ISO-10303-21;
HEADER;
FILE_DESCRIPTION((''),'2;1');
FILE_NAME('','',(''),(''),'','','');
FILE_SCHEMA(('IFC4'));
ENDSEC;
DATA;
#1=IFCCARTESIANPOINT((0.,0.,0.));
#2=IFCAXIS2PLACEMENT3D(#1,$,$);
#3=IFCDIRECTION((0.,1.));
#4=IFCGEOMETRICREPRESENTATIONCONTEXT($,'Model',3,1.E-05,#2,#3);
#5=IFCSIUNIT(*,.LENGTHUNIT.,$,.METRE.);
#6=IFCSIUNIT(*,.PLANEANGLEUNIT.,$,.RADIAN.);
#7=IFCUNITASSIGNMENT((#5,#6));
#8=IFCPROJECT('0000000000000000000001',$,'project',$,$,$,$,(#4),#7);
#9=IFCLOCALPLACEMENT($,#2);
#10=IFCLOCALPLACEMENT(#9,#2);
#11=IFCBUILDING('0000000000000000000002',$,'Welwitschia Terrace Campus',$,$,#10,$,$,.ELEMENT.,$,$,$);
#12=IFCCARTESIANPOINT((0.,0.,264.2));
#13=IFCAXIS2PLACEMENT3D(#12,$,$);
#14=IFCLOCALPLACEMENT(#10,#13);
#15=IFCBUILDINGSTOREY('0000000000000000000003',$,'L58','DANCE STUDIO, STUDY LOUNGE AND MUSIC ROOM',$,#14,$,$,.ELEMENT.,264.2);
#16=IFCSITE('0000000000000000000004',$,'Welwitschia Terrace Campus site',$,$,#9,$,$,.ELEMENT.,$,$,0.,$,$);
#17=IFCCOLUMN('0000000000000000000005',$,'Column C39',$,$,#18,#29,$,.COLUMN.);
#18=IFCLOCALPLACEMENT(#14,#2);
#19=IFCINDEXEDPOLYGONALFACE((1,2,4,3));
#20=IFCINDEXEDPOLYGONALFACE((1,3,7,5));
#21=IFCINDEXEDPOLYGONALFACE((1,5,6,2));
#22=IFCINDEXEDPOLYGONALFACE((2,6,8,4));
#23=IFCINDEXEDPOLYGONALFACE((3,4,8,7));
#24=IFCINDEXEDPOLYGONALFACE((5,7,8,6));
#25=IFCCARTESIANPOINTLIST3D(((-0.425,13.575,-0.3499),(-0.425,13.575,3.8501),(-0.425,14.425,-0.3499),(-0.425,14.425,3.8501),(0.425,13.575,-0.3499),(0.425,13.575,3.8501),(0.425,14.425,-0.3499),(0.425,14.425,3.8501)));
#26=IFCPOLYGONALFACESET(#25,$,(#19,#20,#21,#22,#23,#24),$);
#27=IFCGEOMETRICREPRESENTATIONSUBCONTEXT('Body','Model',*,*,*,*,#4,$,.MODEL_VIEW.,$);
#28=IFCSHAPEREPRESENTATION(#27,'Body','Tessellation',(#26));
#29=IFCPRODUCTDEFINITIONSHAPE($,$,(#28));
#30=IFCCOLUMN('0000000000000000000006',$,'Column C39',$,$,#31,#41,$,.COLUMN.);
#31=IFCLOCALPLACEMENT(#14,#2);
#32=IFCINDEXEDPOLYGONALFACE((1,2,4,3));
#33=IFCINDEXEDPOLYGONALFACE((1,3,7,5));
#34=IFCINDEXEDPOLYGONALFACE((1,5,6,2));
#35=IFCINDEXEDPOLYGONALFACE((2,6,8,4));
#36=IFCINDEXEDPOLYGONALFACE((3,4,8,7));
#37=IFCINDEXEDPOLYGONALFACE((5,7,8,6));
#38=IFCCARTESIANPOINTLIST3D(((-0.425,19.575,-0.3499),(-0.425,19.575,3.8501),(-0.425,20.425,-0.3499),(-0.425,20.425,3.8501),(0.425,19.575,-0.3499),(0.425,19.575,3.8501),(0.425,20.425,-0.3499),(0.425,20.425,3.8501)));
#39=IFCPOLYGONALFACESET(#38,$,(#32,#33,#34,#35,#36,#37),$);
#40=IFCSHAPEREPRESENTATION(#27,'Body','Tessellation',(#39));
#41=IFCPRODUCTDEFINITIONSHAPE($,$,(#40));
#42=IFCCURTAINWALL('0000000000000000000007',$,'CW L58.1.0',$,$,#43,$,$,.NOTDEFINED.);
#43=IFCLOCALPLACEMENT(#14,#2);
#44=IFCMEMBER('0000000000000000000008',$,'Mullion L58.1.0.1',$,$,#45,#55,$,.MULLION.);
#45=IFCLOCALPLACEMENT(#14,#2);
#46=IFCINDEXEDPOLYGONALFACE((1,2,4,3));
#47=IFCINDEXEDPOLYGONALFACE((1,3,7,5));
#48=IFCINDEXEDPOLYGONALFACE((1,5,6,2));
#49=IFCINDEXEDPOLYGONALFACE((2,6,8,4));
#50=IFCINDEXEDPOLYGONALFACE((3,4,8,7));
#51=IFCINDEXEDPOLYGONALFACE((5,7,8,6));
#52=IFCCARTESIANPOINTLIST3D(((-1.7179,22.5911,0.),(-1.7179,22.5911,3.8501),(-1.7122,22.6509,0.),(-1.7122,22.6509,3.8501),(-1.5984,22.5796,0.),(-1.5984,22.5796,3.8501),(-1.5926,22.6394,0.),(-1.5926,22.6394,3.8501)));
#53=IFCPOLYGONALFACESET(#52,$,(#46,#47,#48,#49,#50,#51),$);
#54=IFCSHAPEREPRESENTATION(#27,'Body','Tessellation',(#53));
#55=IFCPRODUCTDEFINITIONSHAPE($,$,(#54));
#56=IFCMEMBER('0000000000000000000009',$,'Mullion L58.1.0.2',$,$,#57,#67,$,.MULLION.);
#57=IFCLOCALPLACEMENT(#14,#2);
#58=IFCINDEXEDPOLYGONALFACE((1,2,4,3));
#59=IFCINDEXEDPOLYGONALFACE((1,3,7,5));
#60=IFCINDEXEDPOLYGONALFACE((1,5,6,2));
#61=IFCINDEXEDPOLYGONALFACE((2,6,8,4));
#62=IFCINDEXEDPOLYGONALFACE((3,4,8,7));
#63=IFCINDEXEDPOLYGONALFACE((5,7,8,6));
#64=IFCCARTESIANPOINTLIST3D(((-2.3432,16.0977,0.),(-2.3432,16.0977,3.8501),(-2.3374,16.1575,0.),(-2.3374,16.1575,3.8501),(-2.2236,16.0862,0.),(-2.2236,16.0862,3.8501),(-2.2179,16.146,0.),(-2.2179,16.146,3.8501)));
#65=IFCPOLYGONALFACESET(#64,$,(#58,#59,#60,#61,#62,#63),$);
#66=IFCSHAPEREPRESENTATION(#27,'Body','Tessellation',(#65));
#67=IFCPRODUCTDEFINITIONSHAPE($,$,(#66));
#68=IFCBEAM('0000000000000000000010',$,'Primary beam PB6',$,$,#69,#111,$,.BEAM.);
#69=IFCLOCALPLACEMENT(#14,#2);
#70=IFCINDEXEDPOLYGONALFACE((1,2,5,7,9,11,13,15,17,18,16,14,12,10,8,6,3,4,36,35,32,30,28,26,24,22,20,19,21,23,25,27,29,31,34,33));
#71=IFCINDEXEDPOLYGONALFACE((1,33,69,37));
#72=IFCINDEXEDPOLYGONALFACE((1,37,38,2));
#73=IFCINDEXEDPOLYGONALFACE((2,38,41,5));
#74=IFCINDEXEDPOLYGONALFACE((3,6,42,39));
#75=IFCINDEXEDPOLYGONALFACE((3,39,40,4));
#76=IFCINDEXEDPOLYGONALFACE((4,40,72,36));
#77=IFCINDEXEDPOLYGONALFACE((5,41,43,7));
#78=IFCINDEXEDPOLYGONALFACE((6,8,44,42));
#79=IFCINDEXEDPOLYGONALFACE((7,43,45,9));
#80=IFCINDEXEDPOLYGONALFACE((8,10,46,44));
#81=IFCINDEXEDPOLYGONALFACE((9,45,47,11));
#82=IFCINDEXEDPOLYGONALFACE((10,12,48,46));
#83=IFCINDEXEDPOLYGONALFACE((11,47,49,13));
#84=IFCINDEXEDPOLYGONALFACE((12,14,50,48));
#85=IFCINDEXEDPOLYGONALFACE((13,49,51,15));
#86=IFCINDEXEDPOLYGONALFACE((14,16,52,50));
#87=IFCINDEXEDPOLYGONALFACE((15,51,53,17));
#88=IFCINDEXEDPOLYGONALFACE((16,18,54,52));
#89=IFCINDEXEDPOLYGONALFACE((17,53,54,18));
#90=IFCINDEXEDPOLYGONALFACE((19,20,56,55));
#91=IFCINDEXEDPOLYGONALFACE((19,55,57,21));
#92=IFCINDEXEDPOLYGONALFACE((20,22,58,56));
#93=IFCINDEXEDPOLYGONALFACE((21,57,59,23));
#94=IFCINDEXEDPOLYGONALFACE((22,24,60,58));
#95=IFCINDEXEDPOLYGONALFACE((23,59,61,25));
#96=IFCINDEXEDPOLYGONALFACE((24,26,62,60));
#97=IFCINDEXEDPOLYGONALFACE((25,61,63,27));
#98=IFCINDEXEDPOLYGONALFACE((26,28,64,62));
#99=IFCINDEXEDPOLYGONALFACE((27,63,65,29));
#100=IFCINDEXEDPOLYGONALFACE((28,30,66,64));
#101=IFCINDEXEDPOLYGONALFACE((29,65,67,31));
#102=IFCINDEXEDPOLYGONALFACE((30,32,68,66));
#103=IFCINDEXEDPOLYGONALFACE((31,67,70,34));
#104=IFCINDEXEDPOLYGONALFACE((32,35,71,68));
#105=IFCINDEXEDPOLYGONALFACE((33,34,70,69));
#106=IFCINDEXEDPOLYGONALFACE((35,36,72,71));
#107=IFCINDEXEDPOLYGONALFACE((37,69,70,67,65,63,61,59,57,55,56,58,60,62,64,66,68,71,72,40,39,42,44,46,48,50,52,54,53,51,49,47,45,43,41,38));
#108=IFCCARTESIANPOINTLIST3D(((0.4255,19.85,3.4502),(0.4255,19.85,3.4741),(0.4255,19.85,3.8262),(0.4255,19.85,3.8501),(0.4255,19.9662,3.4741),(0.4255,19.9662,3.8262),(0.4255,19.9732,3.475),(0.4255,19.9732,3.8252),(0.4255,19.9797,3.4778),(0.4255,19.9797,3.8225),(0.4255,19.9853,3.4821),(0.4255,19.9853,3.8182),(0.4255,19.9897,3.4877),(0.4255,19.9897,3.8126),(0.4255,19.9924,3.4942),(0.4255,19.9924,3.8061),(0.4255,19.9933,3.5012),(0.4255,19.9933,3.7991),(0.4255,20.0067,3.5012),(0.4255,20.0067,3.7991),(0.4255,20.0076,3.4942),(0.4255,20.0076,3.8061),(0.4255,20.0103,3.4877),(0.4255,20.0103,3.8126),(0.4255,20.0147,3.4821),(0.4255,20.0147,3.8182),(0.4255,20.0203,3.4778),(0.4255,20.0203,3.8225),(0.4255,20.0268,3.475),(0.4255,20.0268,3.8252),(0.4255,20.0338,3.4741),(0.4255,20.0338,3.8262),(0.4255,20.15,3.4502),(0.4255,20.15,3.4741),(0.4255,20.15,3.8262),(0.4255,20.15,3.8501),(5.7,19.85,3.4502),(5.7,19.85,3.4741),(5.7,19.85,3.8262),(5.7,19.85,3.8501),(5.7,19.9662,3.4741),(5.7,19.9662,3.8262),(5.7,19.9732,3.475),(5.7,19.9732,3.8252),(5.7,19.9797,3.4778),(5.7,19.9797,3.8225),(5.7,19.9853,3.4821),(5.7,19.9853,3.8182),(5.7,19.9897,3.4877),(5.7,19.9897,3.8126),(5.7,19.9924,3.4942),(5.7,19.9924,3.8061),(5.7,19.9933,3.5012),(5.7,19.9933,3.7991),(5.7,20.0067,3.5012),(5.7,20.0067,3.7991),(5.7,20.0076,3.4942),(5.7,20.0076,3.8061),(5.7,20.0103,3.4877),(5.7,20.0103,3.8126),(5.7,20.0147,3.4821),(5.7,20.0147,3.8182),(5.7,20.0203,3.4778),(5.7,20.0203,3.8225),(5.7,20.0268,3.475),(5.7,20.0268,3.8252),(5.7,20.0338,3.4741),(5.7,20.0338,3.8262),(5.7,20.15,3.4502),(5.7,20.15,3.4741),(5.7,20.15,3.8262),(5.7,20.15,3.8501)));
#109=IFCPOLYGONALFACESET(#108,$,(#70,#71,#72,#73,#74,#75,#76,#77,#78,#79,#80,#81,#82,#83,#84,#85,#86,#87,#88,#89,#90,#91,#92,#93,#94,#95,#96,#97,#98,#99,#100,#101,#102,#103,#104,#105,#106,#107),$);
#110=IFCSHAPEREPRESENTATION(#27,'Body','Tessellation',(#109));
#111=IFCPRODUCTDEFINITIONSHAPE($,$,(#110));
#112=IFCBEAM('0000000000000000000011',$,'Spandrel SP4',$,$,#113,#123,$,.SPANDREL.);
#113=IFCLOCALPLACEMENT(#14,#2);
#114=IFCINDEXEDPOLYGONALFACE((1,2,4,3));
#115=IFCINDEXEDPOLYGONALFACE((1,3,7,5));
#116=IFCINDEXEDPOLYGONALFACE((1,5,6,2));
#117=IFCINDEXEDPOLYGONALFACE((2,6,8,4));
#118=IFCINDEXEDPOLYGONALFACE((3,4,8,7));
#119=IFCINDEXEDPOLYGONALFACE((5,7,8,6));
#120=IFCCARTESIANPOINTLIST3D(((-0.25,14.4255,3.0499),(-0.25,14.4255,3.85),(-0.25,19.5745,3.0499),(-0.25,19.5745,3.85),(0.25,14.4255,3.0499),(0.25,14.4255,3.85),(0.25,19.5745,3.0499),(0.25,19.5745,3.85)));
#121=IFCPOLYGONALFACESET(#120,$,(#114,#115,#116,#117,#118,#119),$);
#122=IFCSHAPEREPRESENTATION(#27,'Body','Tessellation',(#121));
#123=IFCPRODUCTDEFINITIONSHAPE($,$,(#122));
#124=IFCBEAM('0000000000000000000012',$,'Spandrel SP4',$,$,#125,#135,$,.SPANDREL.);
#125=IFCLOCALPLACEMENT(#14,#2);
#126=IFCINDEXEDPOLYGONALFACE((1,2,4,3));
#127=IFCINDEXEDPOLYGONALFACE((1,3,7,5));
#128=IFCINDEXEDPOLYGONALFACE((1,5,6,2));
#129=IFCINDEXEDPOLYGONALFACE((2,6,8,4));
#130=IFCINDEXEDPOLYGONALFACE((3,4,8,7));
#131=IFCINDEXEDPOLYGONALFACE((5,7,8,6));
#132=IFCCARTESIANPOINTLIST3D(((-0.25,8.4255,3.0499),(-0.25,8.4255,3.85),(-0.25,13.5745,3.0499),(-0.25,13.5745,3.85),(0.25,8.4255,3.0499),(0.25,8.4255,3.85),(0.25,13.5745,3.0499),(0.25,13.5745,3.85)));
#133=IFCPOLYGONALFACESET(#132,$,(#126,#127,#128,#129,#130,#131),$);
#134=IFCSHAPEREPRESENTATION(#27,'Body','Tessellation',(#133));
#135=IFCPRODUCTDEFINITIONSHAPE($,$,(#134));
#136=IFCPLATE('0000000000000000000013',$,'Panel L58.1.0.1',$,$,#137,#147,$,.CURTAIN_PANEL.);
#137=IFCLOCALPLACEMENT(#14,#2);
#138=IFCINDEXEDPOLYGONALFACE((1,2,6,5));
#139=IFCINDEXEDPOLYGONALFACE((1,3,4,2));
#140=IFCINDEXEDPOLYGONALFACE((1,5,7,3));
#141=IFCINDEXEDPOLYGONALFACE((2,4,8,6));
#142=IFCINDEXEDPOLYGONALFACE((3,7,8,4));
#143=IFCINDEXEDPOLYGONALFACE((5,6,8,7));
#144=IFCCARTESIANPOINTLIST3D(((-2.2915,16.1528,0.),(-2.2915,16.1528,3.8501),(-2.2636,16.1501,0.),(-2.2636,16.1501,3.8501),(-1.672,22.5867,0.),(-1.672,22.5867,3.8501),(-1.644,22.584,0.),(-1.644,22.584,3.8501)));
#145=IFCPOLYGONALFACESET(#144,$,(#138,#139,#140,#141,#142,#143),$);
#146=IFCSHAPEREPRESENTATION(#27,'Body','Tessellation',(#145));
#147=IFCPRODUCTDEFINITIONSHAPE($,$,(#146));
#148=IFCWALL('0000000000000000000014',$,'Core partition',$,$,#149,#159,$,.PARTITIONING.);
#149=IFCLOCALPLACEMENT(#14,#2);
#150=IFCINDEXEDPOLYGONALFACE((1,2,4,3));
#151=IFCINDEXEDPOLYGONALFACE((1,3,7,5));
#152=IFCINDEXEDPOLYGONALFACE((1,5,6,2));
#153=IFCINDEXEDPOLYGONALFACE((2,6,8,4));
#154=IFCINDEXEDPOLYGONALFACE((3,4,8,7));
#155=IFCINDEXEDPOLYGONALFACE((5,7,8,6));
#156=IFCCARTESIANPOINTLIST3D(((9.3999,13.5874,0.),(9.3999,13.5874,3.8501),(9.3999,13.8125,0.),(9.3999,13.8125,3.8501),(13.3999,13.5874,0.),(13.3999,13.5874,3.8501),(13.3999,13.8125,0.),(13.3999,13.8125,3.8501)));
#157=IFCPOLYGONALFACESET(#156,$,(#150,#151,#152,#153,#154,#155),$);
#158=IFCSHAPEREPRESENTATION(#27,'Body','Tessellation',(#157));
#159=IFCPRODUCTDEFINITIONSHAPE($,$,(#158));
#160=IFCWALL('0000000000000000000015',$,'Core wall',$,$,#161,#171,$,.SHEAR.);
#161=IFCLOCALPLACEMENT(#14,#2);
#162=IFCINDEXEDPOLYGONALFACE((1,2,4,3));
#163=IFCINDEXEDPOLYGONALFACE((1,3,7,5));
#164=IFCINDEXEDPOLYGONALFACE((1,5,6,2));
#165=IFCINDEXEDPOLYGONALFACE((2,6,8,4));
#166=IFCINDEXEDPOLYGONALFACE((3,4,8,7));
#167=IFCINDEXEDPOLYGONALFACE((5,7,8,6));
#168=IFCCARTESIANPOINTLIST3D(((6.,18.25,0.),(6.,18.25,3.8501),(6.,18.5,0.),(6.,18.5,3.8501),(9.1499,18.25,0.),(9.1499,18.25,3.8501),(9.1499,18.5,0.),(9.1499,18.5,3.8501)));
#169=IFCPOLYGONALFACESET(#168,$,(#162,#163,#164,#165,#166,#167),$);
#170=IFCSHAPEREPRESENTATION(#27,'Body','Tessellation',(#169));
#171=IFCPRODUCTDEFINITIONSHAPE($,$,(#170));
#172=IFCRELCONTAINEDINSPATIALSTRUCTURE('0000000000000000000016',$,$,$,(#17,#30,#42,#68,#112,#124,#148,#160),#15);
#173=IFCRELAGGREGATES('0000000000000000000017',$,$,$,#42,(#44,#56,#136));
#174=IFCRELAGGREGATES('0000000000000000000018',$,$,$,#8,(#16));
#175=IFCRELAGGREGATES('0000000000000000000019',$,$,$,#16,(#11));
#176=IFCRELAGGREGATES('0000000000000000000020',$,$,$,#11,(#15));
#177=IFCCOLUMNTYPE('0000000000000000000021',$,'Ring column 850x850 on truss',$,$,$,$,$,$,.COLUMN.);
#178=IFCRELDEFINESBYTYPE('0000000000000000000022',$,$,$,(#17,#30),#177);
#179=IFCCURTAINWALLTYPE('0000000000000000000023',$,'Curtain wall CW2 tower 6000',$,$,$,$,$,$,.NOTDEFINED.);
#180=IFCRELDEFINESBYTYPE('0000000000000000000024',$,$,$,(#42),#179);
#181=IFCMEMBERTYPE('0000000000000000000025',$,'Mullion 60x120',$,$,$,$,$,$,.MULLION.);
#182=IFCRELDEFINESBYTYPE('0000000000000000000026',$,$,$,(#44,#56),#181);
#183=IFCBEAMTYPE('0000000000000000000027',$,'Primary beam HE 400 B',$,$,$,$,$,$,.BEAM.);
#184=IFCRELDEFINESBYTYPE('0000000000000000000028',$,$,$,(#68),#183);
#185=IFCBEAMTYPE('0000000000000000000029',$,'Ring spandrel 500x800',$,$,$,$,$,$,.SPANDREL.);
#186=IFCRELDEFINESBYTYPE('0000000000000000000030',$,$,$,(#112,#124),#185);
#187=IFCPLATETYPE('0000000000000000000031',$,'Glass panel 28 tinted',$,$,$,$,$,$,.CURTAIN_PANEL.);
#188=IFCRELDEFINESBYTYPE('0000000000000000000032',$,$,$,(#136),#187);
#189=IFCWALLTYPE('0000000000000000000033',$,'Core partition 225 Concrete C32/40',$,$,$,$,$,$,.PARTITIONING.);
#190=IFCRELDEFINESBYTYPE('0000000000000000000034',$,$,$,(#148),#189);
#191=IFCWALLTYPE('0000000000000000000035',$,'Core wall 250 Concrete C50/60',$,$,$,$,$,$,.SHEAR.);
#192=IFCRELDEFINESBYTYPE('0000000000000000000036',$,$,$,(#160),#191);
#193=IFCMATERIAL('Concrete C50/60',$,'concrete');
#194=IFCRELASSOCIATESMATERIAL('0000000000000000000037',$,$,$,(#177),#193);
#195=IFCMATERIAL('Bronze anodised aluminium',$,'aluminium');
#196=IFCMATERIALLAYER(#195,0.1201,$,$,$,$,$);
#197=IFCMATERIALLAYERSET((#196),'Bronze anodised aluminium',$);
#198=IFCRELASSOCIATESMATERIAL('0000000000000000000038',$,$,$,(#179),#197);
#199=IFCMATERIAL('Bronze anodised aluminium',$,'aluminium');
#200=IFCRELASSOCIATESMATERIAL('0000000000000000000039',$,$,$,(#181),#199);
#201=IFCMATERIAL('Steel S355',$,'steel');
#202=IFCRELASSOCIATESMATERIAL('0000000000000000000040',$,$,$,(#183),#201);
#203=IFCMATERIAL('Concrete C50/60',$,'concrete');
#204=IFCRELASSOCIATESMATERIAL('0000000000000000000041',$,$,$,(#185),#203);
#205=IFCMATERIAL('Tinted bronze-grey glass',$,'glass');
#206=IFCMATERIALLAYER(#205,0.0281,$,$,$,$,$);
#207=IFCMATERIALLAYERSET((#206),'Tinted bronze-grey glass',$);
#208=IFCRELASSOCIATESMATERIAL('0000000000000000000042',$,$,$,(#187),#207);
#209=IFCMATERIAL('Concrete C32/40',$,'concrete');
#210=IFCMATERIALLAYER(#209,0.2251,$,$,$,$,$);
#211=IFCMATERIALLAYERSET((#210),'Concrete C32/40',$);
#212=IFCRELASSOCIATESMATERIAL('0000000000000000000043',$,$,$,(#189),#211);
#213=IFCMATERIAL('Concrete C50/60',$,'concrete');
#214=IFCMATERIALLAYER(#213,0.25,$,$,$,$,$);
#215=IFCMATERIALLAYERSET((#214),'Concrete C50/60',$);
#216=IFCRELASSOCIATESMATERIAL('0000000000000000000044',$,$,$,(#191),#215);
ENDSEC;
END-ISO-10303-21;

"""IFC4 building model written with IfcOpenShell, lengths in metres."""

from ifc_helpers import new_model, si_unit, direction, frame, frame_2d, origin, origin_2d, place, context, subcontext, project, spatial, rectangle, i_section, extrude, material, layer, layer_set, material_profile, profile_set, type_object, element, aggregate, save


model = new_model("IFC4")

# Units and contexts
model_context = context("Model", 3, precision=1e-05, world=origin(), true_north=direction((0.0, 1.0)))
body_context = subcontext(model_context, "Body", "Model", "MODEL_VIEW")
ifc_project = project(units=[si_unit("LENGTHUNIT", "METRE"), si_unit("PLANEANGLEUNIT", "RADIAN")], contexts=[model_context])

# Site, building, storey
site_placement = place(None, origin())
site = spatial("IfcSite", under=ifc_project, at=site_placement, Name="Welwitschia Terrace Campus site", CompositionType="ELEMENT", RefElevation=0.0)
building_placement = place(site_placement, origin())
building = spatial("IfcBuilding", under=site, at=building_placement, Name="Welwitschia Terrace Campus", CompositionType="ELEMENT")
storey_placement = place(building_placement, frame((0.0, 0.0, 264.2)))
storey = spatial("IfcBuildingStorey", under=building, at=storey_placement, Name="L58", Description="DANCE STUDIO, STUDY LOUNGE AND MUSIC ROOM", CompositionType="ELEMENT", Elevation=264.2)

# Columns
ifc_material_1 = material(Name="Concrete C50/60", Category="concrete")
ifc_material_profile_1 = material_profile(ifc_material_1, rectangle(XDim=0.8501, YDim=0.8501, at=origin_2d()))
ifc_profile_set_1 = profile_set([ifc_material_profile_1], Name="Concrete C50/60")
column_type = type_object("IfcColumnType", Name="Ring column 850x850 on truss", PredefinedType="COLUMN", material=ifc_profile_set_1)
for number, where, z_axis, x_axis, name in (
    (1, (0.0, 14.0, -0.3499), (0.0, 0.0, 1.0), (1.0, 0.0, 0.0), "Column C39"),
    (2, (0.0, 20.0, -0.3499), (0.0, 0.0, 1.0), (1.0, 0.0, 0.0), "Column C39"),
):
    element("IfcColumn", number, at=place(storey_placement, frame(where, z_axis=z_axis, x_axis=x_axis)), inside=storey, type_object=column_type, Name=name, PredefinedType="COLUMN", context=body_context, shape_type="SweptSolid", body=[
        extrude(rectangle(XDim=0.8501, YDim=0.8501, at=origin_2d()), origin(), (0.0, 0.0, 1.0), 4.2),
    ])

# Curtain wall, members
ifc_material_2 = material(Name="Bronze anodised aluminium", Category="aluminium")
ifc_layer_1 = layer(ifc_material_2, 0.1201)
ifc_layer_set_1 = layer_set([ifc_layer_1], Name="Bronze anodised aluminium")
curtain_wall_type = type_object("IfcCurtainWallType", Name="Curtain wall CW2 tower 6000", PredefinedType="NOTDEFINED", material=ifc_layer_set_1)
curtain_wall_placement = place(storey_placement, origin())
curtain_wall = element("IfcCurtainWall", 3, at=curtain_wall_placement, inside=storey, type_object=curtain_wall_type, Name="CW L58.1.0", PredefinedType="NOTDEFINED")
ifc_material_3 = material(Name="Bronze anodised aluminium", Category="aluminium")
ifc_material_profile_2 = material_profile(ifc_material_3, rectangle(XDim=0.1201, YDim=0.0601, at=origin_2d()))
ifc_profile_set_2 = profile_set([ifc_material_profile_2], Name="Bronze anodised aluminium")
member_type = type_object("IfcMemberType", Name="Mullion 60x120", PredefinedType="MULLION", material=ifc_profile_set_2)
member_1_placement = place(storey_placement, frame((-1.6553, 22.6152, 0.0), z_axis=(0.0, 0.0, 1.0), x_axis=(0.995396, -0.095846, 0.0)))
member_1 = element("IfcMember", 4, at=member_1_placement, type_object=member_type, Name="Mullion L58.1.0.1", PredefinedType="MULLION", context=body_context, shape_type="SweptSolid", body=[
    extrude(rectangle(XDim=0.1201, YDim=0.0601, at=origin_2d()), origin(), (0.0, 0.0, 1.0), 3.8501),
])
member_2_placement = place(storey_placement, frame((-2.2805, 16.1218, 0.0), z_axis=(0.0, 0.0, 1.0), x_axis=(0.995396, -0.095846, 0.0)))
member_2 = element("IfcMember", 5, at=member_2_placement, type_object=member_type, Name="Mullion L58.1.0.2", PredefinedType="MULLION", context=body_context, shape_type="SweptSolid", body=[
    extrude(rectangle(XDim=0.1201, YDim=0.0601, at=origin_2d()), origin(), (0.0, 0.0, 1.0), 3.8501),
])

# Beams
ifc_material_4 = material(Name="Steel S355", Category="steel")
ifc_material_profile_3 = material_profile(ifc_material_4, i_section(OverallWidth=0.3, OverallDepth=0.3999, WebThickness=0.0134, FlangeThickness=0.0239, FilletRadius=0.0271, at=origin_2d()))
ifc_profile_set_3 = profile_set([ifc_material_profile_3], Name="Steel S355")
beam_type_1 = type_object("IfcBeamType", Name="Primary beam HE 400 B", PredefinedType="BEAM", material=ifc_profile_set_3)
beam_placement = place(storey_placement, frame((0.4255, 20.0, 3.6501), z_axis=(1.0, 0.0, 0.0), x_axis=(0.0, 1.0, 0.0)))
element("IfcBeam", 6, at=beam_placement, inside=storey, type_object=beam_type_1, Name="Primary beam PB6", PredefinedType="BEAM", context=body_context, shape_type="SweptSolid", body=[
    extrude(i_section(OverallWidth=0.3, OverallDepth=0.3999, WebThickness=0.0134, FlangeThickness=0.0239, FilletRadius=0.0271, at=origin_2d()), origin(), (0.0, 0.0, 1.0), 5.2744),
])
ifc_material_5 = material(Name="Concrete C50/60", Category="concrete")
ifc_material_profile_4 = material_profile(ifc_material_5, rectangle(XDim=0.5, YDim=0.8, at=origin_2d()))
ifc_profile_set_4 = profile_set([ifc_material_profile_4], Name="Concrete C50/60")
beam_type_2 = type_object("IfcBeamType", Name="Ring spandrel 500x800", PredefinedType="SPANDREL", material=ifc_profile_set_4)
for number, where, z_axis, x_axis, name in (
    (7, (0.0, 19.5745, 3.45), (0.0, -1.0, 0.0), (1.0, 0.0, 0.0), "Spandrel SP4"),
    (8, (0.0, 13.5745, 3.45), (0.0, -1.0, 0.0), (1.0, 0.0, 0.0), "Spandrel SP4"),
):
    element("IfcBeam", number, at=place(storey_placement, frame(where, z_axis=z_axis, x_axis=x_axis)), inside=storey, type_object=beam_type_2, Name=name, PredefinedType="SPANDREL", context=body_context, shape_type="SweptSolid", body=[
        extrude(rectangle(XDim=0.5, YDim=0.8, at=origin_2d()), origin(), (0.0, 0.0, 1.0), 5.1489),
    ])

# Plate
ifc_material_6 = material(Name="Tinted bronze-grey glass", Category="glass")
ifc_layer_2 = layer(ifc_material_6, 0.0281)
ifc_layer_set_2 = layer_set([ifc_layer_2], Name="Tinted bronze-grey glass")
plate_type = type_object("IfcPlateType", Name="Glass panel 28 tinted", PredefinedType="CURTAIN_PANEL", material=ifc_layer_set_2)
plate_placement = place(storey_placement, frame((-1.9678, 19.3684, 0.0), z_axis=(0.0, 0.0, 1.0), x_axis=(-0.095846, -0.995396, 0.0)))
plate = element("IfcPlate", 9, at=plate_placement, type_object=plate_type, Name="Panel L58.1.0.1", PredefinedType="CURTAIN_PANEL", context=body_context, shape_type="SweptSolid", body=[
    extrude(rectangle(XDim=6.4636, YDim=0.0281, at=origin_2d()), origin(), (0.0, 0.0, 1.0), 3.8501),
])
aggregate(curtain_wall, [member_1, member_2, plate])

# Walls
ifc_material_7 = material(Name="Concrete C32/40", Category="concrete")
ifc_layer_3 = layer(ifc_material_7, 0.2251)
ifc_layer_set_3 = layer_set([ifc_layer_3], Name="Concrete C32/40")
wall_type_1 = type_object("IfcWallType", Name="Core partition 225 Concrete C32/40", PredefinedType="PARTITIONING", material=ifc_layer_set_3)
wall_1_placement = place(storey_placement, frame((9.3999, 13.7, 0.0), z_axis=(0.0, 0.0, 1.0), x_axis=(1.0, 0.0, 0.0)))
element("IfcWall", 10, at=wall_1_placement, inside=storey, type_object=wall_type_1, Name="Core partition", PredefinedType="PARTITIONING", context=body_context, shape_type="SweptSolid", body=[
    extrude(rectangle(XDim=4.0, YDim=0.2251, at=frame_2d((2.0, 0.0))), origin(), (0.0, 0.0, 1.0), 3.8501),
])
ifc_material_8 = material(Name="Concrete C50/60", Category="concrete")
ifc_layer_4 = layer(ifc_material_8, 0.25)
ifc_layer_set_4 = layer_set([ifc_layer_4], Name="Concrete C50/60")
wall_type_2 = type_object("IfcWallType", Name="Core wall 250 Concrete C50/60", PredefinedType="SHEAR", material=ifc_layer_set_4)
wall_2_placement = place(storey_placement, frame((6.0, 18.375, 0.0), z_axis=(0.0, 0.0, 1.0), x_axis=(1.0, 0.0, 0.0)))
element("IfcWall", 11, at=wall_2_placement, inside=storey, type_object=wall_type_2, Name="Core wall", PredefinedType="SHEAR", context=body_context, shape_type="SweptSolid", body=[
    extrude(rectangle(XDim=3.1499, YDim=0.25, at=frame_2d((1.575, 0.0))), origin(), (0.0, 0.0, 1.0), 3.8501),
])

save(model, "model.ifc")
